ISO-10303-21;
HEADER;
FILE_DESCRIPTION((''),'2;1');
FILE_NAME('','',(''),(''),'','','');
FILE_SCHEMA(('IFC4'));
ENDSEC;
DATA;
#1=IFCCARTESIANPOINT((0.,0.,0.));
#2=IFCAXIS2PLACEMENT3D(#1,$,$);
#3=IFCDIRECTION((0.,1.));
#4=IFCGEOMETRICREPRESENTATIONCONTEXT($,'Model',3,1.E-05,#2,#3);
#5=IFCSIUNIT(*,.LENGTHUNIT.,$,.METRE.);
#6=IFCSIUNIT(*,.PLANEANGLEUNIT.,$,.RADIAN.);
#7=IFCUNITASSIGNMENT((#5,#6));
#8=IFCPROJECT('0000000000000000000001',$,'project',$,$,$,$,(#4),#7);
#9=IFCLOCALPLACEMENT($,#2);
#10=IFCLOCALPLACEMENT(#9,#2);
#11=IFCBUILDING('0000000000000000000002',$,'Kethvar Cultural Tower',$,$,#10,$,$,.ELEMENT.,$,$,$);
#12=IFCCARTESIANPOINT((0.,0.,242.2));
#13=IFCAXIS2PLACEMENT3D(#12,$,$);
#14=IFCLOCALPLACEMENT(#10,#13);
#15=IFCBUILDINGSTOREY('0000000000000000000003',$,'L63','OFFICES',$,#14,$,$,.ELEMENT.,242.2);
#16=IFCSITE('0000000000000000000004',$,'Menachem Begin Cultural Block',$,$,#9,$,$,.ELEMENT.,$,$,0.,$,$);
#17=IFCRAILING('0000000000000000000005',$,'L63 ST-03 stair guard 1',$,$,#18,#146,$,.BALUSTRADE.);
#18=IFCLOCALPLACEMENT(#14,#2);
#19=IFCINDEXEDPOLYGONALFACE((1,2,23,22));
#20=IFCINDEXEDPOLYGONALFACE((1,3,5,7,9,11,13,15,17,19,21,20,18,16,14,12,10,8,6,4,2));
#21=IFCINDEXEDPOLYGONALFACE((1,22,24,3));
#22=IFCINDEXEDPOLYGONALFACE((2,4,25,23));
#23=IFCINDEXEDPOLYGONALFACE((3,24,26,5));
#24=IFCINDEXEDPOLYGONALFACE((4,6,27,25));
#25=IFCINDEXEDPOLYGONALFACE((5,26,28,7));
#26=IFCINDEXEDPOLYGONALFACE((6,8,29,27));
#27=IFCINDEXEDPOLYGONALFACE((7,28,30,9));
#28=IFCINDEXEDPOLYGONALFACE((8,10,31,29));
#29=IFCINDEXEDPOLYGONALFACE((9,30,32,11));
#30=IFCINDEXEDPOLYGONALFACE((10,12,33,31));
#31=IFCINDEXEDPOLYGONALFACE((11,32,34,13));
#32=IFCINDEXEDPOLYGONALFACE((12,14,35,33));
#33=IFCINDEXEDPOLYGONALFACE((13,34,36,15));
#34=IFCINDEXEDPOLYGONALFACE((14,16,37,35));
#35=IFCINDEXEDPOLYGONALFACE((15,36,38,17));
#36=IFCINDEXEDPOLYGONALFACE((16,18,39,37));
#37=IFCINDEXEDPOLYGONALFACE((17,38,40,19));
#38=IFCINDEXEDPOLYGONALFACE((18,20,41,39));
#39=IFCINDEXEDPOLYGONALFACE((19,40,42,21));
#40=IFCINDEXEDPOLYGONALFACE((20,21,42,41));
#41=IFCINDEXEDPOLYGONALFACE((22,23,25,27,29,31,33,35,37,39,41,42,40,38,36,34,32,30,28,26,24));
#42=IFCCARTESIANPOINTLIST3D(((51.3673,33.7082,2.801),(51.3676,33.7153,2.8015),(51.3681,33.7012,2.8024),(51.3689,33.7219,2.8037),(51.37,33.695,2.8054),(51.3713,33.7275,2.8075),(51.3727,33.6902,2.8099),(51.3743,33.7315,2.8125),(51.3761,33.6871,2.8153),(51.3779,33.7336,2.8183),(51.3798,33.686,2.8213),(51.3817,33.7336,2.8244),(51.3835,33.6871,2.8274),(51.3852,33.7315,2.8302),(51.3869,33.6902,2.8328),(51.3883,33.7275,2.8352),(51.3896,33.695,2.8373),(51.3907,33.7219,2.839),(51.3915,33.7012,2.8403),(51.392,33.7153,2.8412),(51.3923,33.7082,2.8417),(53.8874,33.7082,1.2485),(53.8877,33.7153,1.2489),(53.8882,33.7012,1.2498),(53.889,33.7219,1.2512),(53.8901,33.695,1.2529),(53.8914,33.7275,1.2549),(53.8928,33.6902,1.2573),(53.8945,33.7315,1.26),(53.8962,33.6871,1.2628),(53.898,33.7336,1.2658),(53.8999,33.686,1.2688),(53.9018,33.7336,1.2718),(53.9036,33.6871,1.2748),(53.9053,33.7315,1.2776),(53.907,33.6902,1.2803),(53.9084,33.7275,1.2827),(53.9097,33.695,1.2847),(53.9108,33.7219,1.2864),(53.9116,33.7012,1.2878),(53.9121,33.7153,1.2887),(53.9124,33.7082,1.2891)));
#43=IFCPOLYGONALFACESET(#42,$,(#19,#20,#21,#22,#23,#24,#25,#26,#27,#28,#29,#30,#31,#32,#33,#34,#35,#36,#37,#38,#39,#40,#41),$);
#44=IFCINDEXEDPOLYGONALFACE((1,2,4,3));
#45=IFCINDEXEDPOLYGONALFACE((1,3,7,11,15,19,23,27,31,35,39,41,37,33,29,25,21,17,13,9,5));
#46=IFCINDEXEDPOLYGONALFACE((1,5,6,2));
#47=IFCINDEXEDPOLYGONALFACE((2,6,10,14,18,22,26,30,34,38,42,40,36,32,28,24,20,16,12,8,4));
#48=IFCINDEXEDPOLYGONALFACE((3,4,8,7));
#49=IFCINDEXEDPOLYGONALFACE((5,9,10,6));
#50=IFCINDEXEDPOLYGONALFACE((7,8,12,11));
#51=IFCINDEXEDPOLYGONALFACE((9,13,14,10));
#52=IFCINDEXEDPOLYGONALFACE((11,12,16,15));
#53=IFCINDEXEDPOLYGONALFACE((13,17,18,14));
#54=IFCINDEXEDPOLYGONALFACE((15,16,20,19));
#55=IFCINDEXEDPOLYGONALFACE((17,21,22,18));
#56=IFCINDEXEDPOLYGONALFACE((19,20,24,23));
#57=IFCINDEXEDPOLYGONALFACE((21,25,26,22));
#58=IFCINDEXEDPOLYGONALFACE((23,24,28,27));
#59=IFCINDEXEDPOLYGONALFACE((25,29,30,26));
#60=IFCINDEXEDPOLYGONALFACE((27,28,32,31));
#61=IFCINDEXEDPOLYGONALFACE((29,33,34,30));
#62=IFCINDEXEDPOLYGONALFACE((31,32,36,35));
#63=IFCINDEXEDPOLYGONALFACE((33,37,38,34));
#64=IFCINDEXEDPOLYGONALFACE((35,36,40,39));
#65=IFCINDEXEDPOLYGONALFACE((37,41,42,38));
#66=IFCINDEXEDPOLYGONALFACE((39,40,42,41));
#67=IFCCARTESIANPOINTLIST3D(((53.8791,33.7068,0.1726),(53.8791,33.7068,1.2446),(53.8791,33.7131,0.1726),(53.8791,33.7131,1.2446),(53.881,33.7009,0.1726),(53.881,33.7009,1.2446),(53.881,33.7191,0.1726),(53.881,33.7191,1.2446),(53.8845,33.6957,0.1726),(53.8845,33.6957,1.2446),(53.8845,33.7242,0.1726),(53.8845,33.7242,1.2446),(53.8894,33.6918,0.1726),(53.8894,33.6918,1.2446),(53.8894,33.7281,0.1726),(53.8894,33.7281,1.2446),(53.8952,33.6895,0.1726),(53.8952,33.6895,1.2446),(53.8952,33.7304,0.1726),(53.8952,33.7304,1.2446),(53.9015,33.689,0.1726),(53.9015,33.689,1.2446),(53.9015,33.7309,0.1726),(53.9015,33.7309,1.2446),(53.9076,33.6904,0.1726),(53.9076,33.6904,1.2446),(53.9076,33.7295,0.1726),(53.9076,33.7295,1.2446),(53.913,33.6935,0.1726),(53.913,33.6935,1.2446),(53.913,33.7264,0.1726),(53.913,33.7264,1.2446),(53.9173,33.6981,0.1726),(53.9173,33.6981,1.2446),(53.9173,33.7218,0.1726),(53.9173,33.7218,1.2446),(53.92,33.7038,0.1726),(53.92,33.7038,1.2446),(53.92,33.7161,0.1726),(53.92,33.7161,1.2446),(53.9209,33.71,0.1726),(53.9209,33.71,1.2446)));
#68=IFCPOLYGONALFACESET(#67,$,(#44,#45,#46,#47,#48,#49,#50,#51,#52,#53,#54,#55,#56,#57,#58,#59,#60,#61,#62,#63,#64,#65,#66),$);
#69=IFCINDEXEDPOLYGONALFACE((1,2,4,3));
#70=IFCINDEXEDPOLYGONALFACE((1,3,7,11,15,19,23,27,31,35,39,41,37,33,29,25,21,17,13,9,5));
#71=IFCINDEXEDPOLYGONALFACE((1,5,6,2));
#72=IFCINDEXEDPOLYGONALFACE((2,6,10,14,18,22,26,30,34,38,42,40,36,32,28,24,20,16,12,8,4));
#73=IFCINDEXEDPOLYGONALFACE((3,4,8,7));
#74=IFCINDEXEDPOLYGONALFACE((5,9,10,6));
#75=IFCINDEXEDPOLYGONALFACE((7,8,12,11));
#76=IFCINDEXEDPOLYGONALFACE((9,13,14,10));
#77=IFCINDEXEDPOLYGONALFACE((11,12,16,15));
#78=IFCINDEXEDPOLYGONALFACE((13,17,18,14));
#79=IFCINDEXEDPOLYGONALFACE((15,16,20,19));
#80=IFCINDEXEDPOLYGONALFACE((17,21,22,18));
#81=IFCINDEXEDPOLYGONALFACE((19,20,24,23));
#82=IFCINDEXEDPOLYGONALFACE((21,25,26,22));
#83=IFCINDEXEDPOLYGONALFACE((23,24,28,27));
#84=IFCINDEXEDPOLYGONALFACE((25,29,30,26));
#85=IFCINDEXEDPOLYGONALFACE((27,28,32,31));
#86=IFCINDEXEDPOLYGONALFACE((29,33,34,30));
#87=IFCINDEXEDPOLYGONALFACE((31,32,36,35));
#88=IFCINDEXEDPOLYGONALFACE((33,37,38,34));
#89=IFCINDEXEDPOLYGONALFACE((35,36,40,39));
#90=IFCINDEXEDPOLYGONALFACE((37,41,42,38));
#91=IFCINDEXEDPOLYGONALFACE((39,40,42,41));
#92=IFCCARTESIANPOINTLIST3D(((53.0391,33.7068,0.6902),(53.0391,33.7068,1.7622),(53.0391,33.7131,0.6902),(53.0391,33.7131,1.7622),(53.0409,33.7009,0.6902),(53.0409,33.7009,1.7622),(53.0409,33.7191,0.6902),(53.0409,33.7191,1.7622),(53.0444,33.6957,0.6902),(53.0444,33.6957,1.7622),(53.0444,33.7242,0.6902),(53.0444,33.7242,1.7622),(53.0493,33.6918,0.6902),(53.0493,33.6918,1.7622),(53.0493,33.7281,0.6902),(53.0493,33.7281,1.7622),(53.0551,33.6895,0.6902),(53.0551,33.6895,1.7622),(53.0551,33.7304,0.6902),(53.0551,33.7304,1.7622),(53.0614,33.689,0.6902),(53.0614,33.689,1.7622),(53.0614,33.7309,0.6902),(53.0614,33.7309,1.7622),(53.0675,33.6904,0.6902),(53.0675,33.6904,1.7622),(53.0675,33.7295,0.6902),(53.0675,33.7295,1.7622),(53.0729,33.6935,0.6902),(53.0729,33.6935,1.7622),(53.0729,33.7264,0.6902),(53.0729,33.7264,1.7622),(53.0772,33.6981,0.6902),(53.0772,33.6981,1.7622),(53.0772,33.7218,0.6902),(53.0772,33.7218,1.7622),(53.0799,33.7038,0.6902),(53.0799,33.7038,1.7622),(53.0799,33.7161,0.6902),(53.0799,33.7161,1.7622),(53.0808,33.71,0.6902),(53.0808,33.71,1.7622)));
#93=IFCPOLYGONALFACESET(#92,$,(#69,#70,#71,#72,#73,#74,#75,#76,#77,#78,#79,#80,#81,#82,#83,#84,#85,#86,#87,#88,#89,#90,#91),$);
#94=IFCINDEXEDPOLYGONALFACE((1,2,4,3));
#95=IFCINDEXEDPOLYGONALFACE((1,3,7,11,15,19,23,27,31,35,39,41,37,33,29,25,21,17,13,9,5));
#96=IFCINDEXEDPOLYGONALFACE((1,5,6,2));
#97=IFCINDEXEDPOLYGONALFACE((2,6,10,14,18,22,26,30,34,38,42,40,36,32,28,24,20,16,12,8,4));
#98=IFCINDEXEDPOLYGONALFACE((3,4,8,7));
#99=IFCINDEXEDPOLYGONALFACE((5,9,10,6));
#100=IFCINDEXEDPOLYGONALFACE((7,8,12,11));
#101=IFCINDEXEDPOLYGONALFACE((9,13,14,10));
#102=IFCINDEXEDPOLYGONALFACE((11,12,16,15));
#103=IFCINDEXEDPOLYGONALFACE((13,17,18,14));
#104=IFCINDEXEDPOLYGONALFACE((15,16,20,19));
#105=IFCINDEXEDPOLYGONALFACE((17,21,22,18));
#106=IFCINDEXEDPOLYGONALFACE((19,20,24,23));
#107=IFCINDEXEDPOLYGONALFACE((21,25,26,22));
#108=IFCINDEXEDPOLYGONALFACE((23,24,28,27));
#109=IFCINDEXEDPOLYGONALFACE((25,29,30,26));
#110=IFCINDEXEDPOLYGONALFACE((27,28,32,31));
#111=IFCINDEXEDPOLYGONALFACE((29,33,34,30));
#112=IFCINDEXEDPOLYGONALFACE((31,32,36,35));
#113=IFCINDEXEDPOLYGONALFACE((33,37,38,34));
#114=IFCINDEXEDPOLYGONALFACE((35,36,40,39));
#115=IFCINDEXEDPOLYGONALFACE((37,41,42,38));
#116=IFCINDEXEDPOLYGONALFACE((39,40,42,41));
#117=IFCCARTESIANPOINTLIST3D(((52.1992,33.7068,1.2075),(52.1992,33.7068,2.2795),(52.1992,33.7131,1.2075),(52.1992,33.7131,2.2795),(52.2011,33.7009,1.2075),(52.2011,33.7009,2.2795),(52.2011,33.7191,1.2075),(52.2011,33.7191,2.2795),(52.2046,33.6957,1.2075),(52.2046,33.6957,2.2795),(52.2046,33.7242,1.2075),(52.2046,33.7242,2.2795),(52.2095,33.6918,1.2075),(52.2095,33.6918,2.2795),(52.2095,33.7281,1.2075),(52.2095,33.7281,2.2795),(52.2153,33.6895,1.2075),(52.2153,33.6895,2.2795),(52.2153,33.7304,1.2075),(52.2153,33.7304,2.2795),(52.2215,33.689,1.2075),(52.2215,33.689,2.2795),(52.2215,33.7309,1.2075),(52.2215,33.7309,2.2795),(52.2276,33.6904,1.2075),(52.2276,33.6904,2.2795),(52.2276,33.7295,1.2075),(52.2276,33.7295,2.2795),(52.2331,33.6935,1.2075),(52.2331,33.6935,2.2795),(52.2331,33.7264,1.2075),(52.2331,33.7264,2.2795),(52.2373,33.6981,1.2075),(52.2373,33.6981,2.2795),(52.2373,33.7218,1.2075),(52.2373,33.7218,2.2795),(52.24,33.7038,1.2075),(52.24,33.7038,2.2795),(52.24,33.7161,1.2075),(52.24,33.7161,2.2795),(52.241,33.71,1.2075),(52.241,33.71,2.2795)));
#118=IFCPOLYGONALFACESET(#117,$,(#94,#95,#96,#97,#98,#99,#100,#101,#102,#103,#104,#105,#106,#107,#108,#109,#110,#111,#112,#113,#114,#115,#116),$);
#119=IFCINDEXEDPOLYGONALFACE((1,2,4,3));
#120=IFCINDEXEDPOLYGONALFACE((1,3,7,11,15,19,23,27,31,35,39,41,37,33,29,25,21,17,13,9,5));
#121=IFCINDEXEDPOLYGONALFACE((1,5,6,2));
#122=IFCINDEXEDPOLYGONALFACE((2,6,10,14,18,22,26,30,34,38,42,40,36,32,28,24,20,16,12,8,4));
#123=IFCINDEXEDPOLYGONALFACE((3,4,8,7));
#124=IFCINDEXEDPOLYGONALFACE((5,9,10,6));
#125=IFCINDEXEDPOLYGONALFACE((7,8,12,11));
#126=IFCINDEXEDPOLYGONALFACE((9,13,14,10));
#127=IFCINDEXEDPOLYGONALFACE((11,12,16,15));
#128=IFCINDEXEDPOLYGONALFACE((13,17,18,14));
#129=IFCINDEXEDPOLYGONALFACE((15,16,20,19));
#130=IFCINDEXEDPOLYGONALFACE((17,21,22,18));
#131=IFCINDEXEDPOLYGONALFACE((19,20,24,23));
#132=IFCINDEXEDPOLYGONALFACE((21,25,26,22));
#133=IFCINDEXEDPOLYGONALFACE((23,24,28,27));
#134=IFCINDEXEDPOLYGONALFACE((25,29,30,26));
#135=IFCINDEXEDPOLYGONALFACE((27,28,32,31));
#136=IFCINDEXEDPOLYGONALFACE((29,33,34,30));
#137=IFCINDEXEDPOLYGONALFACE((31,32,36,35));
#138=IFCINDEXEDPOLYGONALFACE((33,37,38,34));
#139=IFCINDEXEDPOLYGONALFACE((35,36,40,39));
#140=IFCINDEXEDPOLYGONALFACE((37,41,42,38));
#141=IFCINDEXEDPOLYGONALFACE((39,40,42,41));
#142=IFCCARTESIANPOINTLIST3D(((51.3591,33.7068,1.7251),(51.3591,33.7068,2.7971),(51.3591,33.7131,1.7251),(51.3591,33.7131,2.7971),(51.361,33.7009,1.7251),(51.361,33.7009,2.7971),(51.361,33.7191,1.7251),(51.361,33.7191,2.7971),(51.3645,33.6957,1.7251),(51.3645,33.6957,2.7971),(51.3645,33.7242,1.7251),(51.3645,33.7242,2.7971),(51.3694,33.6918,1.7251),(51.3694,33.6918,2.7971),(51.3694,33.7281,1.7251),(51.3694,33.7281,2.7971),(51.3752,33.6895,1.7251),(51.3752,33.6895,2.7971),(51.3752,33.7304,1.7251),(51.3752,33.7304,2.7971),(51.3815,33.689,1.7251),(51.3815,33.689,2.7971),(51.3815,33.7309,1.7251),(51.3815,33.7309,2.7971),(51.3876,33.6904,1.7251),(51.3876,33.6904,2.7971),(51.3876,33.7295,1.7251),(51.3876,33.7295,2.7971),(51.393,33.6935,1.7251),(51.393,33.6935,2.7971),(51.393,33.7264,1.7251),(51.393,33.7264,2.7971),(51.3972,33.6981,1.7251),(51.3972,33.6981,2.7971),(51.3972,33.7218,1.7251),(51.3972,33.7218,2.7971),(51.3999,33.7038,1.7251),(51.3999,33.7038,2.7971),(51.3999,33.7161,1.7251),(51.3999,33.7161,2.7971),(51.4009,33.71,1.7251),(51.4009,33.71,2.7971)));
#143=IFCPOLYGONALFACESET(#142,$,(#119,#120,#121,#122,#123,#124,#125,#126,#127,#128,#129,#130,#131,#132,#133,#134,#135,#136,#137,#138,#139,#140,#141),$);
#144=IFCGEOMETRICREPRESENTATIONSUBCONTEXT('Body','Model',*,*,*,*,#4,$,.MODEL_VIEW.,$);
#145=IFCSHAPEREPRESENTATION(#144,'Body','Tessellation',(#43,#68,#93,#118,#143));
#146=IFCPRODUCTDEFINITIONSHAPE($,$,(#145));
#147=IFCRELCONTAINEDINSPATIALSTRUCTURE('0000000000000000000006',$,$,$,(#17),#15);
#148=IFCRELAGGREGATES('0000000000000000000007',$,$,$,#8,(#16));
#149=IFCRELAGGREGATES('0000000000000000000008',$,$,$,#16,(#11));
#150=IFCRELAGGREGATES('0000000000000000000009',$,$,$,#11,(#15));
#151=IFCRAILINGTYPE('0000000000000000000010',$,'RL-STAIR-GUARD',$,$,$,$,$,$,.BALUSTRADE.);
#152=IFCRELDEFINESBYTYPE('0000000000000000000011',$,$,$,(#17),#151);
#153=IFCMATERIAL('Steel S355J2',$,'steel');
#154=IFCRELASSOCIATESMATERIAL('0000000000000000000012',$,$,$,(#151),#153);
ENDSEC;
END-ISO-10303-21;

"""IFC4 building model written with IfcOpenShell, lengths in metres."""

from ifc_helpers import new_model, si_unit, direction, frame, origin, origin_2d, place, context, subcontext, project, spatial, circle, extrude, material, type_object, element, save


model = new_model("IFC4")

# Units and contexts
model_context = context("Model", 3, precision=1e-05, world=origin(), true_north=direction((0.0, 1.0)))
body_context = subcontext(model_context, "Body", "Model", "MODEL_VIEW")
ifc_project = project(units=[si_unit("LENGTHUNIT", "METRE"), si_unit("PLANEANGLEUNIT", "RADIAN")], contexts=[model_context])

# Site, building, storey
site_placement = place(None, origin())
site = spatial("IfcSite", under=ifc_project, at=site_placement, Name="Menachem Begin Cultural Block", CompositionType="ELEMENT", RefElevation=0.0)
building_placement = place(site_placement, origin())
building = spatial("IfcBuilding", under=site, at=building_placement, Name="Kethvar Cultural Tower", CompositionType="ELEMENT")
storey_placement = place(building_placement, frame((0.0, 0.0, 242.2)))
storey = spatial("IfcBuildingStorey", under=building, at=storey_placement, Name="L63", Description="OFFICES", CompositionType="ELEMENT", Elevation=242.2)

# Shared definitions
ifc_material_1 = material(Name="Steel S355J2", Category="steel")

# Railing
railing_type_1 = type_object("IfcRailingType", Name="RL-STAIR-GUARD", PredefinedType="BALUSTRADE", material=ifc_material_1)
railing_1_placement = place(storey_placement, frame((53.8999, 33.71, 0.1726)))
element("IfcRailing", 1, at=railing_1_placement, inside=storey, type_object=railing_type_1, Name="L63 ST-03 stair guard 1", PredefinedType="BALUSTRADE", context=body_context, shape_type="SweptSolid", body=[
    extrude(circle(Radius=0.0239, at=origin_2d()), frame((0.0, 0.0, 1.0962), z_axis=(-0.8514, 0.0, 0.524516), x_axis=(0.0, -1.0, 0.0)), (0.0, 0.0, 1.0), 2.96),
    extrude(circle(Radius=0.021, at=origin_2d()), origin(), (0.0, 0.0, 1.0), 1.072),
    extrude(circle(Radius=0.021, at=origin_2d()), frame((-0.8401, 0.0, 0.5176)), (0.0, 0.0, 1.0), 1.072),
    extrude(circle(Radius=0.021, at=origin_2d()), frame((-1.6799, 0.0, 1.0349)), (0.0, 0.0, 1.0), 1.072),
    extrude(circle(Radius=0.021, at=origin_2d()), frame((-2.52, 0.0, 1.5525)), (0.0, 0.0, 1.0), 1.072),
])

save(model, "model.ifc")
